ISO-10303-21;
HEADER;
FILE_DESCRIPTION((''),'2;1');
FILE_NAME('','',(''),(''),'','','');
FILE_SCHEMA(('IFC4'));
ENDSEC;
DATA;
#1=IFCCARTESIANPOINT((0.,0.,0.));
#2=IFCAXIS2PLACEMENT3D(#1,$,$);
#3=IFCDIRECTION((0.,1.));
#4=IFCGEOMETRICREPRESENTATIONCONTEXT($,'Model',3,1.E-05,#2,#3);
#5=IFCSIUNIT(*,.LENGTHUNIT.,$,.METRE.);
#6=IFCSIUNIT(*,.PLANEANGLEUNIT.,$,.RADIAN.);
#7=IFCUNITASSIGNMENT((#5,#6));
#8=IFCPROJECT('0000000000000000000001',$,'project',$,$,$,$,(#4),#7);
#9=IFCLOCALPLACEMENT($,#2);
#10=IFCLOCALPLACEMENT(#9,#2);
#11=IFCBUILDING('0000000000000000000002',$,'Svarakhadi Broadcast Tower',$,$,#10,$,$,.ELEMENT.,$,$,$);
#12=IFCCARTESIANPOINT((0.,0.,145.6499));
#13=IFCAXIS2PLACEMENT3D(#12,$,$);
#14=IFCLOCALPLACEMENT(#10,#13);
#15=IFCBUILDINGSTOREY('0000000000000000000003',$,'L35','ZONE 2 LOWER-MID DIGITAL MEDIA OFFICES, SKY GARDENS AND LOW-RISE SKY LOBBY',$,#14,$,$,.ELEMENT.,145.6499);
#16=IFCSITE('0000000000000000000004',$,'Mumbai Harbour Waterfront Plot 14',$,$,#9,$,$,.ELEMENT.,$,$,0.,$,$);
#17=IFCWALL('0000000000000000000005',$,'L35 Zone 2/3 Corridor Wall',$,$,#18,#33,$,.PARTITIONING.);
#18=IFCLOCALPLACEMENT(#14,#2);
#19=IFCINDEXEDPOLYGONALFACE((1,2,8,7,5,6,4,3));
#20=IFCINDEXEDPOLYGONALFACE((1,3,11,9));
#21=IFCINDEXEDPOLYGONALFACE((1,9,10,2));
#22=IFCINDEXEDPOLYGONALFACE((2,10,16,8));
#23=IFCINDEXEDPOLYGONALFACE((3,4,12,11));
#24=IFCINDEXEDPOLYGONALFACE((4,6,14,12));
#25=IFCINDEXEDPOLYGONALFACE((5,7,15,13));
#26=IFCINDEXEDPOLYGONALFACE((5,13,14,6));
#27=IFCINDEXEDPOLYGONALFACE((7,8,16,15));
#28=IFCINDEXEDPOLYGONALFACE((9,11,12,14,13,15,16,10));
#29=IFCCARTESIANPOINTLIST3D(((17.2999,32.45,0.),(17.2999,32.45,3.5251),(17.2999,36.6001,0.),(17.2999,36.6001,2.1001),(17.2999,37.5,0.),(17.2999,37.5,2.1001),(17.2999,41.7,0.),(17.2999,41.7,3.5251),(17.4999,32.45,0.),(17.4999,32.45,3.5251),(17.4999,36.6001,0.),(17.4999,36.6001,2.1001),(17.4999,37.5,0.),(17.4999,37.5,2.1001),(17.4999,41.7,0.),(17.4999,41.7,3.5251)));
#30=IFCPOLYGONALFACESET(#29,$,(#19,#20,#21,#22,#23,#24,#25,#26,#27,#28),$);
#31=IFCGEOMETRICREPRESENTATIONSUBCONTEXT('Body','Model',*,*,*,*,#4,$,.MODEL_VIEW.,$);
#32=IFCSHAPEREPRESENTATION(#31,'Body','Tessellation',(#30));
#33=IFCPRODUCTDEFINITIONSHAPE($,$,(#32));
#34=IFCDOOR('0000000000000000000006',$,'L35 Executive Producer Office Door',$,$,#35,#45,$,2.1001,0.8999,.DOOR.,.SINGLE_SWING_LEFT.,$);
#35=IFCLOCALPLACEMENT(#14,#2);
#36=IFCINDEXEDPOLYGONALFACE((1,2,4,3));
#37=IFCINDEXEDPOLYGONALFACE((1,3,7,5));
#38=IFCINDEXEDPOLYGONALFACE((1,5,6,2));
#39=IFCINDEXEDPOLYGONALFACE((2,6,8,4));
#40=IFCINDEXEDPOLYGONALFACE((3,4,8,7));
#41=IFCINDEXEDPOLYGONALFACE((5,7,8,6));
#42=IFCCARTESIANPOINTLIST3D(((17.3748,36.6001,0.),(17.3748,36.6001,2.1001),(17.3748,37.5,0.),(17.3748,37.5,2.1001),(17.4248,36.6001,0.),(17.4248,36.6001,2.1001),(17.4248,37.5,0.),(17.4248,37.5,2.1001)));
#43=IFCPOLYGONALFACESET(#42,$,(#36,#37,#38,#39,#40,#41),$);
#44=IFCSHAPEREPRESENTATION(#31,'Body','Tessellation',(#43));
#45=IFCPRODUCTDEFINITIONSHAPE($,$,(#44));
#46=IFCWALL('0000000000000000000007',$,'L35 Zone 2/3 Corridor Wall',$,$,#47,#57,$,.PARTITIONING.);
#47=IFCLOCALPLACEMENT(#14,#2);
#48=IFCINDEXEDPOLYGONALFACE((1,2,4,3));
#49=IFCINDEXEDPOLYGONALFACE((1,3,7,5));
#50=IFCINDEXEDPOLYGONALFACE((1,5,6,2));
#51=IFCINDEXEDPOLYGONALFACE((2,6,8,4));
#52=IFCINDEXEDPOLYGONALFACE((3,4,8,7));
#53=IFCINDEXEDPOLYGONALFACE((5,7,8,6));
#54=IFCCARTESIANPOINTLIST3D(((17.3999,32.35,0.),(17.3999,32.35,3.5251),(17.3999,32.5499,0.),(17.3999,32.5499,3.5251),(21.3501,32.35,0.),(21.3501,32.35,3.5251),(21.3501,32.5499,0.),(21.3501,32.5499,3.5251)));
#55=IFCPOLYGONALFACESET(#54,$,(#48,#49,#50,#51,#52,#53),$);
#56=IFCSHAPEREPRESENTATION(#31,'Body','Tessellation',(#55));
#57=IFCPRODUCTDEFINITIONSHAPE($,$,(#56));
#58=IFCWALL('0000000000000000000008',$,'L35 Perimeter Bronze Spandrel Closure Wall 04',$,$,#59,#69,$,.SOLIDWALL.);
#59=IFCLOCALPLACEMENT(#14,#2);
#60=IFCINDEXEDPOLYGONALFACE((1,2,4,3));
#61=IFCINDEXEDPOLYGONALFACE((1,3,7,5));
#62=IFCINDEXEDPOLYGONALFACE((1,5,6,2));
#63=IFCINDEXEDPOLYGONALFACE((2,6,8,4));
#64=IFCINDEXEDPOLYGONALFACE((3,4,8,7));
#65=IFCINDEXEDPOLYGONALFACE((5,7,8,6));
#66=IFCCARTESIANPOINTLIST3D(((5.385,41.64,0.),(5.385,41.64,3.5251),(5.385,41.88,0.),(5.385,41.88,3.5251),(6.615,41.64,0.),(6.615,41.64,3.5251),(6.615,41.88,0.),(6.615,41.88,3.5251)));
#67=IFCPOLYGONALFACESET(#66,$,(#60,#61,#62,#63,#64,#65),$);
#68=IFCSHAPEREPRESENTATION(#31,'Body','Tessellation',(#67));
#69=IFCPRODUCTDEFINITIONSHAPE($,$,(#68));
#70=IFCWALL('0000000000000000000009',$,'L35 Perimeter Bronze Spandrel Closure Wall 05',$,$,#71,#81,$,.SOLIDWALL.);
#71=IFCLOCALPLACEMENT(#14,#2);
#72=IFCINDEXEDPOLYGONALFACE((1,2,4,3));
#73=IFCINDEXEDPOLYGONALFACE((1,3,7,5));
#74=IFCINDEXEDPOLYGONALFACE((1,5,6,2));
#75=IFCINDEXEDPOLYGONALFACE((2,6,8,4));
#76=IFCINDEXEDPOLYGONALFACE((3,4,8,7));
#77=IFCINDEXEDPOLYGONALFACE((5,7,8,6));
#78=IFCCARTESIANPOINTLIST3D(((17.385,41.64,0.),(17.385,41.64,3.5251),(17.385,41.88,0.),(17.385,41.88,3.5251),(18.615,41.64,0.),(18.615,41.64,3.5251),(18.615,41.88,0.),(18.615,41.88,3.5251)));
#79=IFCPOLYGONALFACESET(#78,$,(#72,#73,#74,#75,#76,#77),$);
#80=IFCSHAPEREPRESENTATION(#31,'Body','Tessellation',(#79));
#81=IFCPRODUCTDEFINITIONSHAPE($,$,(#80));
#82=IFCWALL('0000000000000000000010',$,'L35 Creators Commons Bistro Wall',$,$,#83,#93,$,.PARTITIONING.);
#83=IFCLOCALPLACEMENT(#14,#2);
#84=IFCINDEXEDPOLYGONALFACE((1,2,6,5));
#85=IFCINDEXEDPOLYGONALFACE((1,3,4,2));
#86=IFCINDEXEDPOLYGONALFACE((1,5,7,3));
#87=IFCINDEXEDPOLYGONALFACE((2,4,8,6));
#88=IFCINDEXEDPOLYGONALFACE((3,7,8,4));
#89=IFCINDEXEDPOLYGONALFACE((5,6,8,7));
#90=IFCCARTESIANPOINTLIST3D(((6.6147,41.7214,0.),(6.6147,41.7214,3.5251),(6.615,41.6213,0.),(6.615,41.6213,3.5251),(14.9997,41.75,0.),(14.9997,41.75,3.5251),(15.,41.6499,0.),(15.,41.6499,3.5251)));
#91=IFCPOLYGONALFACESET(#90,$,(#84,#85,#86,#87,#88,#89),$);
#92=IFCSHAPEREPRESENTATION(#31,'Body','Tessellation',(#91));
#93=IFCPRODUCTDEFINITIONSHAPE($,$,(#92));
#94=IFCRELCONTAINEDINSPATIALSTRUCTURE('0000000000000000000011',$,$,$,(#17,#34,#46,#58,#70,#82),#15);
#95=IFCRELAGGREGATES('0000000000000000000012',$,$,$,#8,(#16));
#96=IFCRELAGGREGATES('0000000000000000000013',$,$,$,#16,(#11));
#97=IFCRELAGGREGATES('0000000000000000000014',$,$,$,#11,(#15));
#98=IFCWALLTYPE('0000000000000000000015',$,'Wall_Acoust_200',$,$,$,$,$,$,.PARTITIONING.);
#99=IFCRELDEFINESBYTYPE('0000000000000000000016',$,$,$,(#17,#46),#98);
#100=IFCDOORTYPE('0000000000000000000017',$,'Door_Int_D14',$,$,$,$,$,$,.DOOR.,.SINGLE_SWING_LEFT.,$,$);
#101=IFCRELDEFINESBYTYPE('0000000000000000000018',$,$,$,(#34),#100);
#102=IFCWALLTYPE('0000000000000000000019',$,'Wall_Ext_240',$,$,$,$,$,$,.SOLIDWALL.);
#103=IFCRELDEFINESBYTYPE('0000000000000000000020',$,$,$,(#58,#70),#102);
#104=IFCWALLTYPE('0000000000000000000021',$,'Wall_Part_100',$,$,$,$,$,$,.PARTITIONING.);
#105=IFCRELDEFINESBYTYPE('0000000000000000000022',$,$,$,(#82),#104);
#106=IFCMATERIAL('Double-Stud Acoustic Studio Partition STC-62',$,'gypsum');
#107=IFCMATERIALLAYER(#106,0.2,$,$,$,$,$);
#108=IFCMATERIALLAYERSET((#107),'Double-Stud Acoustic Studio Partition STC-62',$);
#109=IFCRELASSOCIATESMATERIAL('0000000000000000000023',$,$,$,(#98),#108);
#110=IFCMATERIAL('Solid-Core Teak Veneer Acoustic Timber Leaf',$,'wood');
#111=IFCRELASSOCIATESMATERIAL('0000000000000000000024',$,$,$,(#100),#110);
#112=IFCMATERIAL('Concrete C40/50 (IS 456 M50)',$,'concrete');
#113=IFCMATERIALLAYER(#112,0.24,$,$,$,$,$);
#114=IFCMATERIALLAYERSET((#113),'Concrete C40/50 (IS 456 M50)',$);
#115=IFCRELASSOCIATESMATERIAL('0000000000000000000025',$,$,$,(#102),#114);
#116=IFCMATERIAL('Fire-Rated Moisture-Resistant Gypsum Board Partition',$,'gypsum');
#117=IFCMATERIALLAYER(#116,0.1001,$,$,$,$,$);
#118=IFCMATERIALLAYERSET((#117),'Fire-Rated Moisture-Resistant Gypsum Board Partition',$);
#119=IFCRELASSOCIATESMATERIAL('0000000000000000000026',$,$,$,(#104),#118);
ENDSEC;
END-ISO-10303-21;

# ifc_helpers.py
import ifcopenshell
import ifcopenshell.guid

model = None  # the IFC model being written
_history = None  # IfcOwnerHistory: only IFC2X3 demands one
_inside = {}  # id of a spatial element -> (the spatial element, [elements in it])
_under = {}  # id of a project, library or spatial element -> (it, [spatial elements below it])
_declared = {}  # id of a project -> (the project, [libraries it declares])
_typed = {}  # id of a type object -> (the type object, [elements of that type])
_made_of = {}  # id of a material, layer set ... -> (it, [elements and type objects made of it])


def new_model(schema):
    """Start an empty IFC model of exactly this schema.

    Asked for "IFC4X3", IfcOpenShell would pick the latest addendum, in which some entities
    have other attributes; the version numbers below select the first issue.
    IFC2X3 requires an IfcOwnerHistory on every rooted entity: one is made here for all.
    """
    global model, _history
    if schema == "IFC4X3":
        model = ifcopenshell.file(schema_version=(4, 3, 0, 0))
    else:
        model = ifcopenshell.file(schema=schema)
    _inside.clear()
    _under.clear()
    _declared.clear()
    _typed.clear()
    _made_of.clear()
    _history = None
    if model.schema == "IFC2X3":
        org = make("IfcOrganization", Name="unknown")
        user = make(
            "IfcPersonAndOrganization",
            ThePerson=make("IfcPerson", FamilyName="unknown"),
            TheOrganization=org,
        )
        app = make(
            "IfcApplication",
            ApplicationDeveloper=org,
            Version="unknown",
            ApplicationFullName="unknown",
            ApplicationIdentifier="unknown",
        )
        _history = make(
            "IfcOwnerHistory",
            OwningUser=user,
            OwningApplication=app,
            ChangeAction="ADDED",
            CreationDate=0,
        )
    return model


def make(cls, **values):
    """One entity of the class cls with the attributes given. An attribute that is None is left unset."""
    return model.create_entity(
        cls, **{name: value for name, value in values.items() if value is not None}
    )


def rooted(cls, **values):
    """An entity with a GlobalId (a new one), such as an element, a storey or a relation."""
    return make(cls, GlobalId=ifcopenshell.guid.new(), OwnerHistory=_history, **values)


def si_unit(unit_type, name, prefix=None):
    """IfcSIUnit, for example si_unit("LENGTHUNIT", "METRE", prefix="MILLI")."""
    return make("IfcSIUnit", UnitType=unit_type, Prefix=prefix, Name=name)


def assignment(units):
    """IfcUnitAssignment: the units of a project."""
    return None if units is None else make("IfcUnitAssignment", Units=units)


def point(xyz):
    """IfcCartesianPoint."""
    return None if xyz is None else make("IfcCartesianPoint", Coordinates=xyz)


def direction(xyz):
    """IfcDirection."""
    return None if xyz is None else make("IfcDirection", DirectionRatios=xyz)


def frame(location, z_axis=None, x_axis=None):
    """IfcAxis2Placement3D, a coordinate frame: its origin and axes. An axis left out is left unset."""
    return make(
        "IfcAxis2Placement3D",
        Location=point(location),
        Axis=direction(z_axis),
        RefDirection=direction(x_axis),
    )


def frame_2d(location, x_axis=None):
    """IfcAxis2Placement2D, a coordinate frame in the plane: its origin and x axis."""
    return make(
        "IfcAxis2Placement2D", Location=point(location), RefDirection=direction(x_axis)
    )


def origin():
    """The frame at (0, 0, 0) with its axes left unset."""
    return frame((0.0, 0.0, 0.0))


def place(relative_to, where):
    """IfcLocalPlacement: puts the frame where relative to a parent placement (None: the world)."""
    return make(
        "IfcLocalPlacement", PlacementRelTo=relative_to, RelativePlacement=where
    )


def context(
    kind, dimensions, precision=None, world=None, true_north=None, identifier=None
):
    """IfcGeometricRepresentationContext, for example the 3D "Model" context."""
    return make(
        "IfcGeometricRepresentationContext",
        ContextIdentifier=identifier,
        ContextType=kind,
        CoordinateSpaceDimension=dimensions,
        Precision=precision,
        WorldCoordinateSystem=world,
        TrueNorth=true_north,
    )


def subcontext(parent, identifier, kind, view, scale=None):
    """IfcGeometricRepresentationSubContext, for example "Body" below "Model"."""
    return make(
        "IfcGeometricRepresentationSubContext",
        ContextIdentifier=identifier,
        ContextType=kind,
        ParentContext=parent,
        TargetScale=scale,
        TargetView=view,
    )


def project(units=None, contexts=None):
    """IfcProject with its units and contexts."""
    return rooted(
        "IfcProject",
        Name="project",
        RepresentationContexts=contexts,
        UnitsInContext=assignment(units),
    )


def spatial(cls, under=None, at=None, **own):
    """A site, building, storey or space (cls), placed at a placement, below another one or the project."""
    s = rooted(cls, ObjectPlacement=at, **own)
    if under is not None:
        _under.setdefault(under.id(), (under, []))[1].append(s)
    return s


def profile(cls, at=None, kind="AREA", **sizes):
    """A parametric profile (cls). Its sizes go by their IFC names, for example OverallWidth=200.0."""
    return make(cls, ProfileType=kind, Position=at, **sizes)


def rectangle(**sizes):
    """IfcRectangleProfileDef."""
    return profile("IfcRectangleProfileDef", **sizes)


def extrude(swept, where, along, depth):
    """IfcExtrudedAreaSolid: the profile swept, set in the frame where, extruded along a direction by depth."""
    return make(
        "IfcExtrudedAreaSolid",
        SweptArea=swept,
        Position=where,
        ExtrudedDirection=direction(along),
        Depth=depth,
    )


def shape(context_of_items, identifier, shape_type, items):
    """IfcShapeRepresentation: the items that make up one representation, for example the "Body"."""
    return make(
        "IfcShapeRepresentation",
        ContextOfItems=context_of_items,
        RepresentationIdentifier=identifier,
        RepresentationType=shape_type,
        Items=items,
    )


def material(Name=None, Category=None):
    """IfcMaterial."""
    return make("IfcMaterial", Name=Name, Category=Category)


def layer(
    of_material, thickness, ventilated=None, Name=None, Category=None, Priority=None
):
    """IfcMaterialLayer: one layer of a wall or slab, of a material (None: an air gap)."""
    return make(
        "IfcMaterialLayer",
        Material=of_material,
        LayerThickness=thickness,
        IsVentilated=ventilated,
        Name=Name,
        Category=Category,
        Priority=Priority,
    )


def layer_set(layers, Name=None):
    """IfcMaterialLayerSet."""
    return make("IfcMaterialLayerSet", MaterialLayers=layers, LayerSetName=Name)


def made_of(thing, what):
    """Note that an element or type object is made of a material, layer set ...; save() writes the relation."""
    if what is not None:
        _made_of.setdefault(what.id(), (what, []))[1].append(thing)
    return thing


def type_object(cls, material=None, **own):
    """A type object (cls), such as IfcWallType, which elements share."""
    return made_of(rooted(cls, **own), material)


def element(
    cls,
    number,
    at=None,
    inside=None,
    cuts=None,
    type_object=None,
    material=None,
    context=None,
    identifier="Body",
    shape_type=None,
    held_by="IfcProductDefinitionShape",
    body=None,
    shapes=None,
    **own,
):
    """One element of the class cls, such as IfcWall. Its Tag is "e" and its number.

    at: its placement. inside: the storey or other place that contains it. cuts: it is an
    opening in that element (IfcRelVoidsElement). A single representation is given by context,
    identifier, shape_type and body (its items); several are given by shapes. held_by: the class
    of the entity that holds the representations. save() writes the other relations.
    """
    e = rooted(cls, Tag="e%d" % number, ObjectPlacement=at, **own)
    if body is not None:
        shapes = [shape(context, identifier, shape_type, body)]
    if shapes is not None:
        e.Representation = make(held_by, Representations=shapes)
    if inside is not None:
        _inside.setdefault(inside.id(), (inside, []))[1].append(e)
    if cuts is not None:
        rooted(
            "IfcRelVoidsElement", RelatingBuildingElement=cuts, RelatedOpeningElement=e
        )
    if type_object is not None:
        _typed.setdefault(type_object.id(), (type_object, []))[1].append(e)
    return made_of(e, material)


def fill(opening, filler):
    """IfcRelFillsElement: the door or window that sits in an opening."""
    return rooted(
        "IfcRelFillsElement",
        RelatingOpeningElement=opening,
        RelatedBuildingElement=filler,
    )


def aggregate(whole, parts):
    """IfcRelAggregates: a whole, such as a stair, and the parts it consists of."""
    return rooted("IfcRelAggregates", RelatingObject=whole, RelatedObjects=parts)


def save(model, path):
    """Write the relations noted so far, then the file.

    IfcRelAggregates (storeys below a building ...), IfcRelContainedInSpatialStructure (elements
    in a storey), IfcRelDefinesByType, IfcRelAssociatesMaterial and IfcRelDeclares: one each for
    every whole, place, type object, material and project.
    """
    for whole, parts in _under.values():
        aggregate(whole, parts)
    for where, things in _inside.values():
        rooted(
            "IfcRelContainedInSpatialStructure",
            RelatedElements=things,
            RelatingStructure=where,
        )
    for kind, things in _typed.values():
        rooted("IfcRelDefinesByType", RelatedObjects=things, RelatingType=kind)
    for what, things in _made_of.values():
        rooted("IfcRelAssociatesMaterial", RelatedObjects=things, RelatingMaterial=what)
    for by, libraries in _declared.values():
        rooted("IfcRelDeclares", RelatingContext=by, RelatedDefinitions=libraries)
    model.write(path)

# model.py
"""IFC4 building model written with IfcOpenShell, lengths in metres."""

from ifc_helpers import new_model, si_unit, direction, frame, frame_2d, origin, place, context, subcontext, project, spatial, rectangle, extrude, material, layer, layer_set, type_object, element, fill, save


model = new_model("IFC4")

# Units and contexts
model_context = context("Model", 3, precision=1e-05, world=origin(), true_north=direction((0.0, 1.0)))
body_context = subcontext(model_context, "Body", "Model", "MODEL_VIEW")
ifc_project = project(units=[si_unit("LENGTHUNIT", "METRE"), si_unit("PLANEANGLEUNIT", "RADIAN")], contexts=[model_context])

# Site, building, storey
site_placement = place(None, origin())
site = spatial("IfcSite", under=ifc_project, at=site_placement, Name="Mumbai Harbour Waterfront Plot 14", CompositionType="ELEMENT", RefElevation=0.0)
building_placement = place(site_placement, origin())
building = spatial("IfcBuilding", under=site, at=building_placement, Name="Svarakhadi Broadcast Tower", CompositionType="ELEMENT")
storey_placement = place(building_placement, frame((0.0, 0.0, 145.6499)))
storey = spatial("IfcBuildingStorey", under=building, at=storey_placement, Name="L35", Description="ZONE 2 LOWER-MID DIGITAL MEDIA OFFICES, SKY GARDENS AND LOW-RISE SKY LOBBY", CompositionType="ELEMENT", Elevation=145.6499)

# Wall, opening, door
ifc_material_1 = material(Name="Double-Stud Acoustic Studio Partition STC-62", Category="gypsum")
ifc_layer_1 = layer(ifc_material_1, 0.2)
ifc_layer_set_1 = layer_set([ifc_layer_1], Name="Double-Stud Acoustic Studio Partition STC-62")
wall_type_1 = type_object("IfcWallType", Name="Wall_Acoust_200", PredefinedType="PARTITIONING", material=ifc_layer_set_1)
wall_1_placement = place(storey_placement, frame((17.3999, 41.7, 0.0), z_axis=(0.0, 0.0, 1.0), x_axis=(0.0, -1.0, 0.0)))
wall_1 = element("IfcWall", 1, at=wall_1_placement, inside=storey, type_object=wall_type_1, Name="L35 Zone 2/3 Corridor Wall", PredefinedType="PARTITIONING", context=body_context, shape_type="SweptSolid", body=[
    extrude(rectangle(XDim=9.25, YDim=0.2, at=frame_2d((4.625, 0.0))), origin(), (0.0, 0.0, 1.0), 3.5251),
])
opening_placement = place(wall_1_placement, frame((4.2, 0.0, 0.0)))
opening = element("IfcOpeningElement", 2, at=opening_placement, cuts=wall_1, PredefinedType="OPENING", context=body_context, shape_type="SweptSolid", body=[
    extrude(rectangle(XDim=0.8999, YDim=2.1001, at=frame_2d((0.45, 1.05))), frame((0.0, 0.1099, 0.0), z_axis=(0.0, -1.0, 0.0), x_axis=(1.0, 0.0, 0.0)), (0.0, 0.0, 1.0), 0.22),
])
ifc_material_2 = material(Name="Solid-Core Teak Veneer Acoustic Timber Leaf", Category="wood")
door_type = type_object("IfcDoorType", Name="Door_Int_D14", OperationType="SINGLE_SWING_LEFT", PredefinedType="DOOR", material=ifc_material_2)
door_placement = place(opening_placement, origin())
door = element("IfcDoor", 3, at=door_placement, inside=storey, type_object=door_type, Name="L35 Executive Producer Office Door", OperationType="SINGLE_SWING_LEFT", OverallHeight=2.1001, OverallWidth=0.8999, PredefinedType="DOOR", context=body_context, shape_type="SweptSolid", body=[
    extrude(rectangle(XDim=0.8999, YDim=2.1001, at=frame_2d((0.45, 1.05))), frame((0.0, 0.0249, 0.0), z_axis=(0.0, -1.0, 0.0), x_axis=(1.0, 0.0, 0.0)), (0.0, 0.0, 1.0), 0.05),
])
fill(opening, door)

# Walls
wall_2_placement = place(storey_placement, frame((17.3999, 32.45, 0.0), z_axis=(0.0, 0.0, 1.0), x_axis=(1.0, 0.0, 0.0)))
element("IfcWall", 4, at=wall_2_placement, inside=storey, type_object=wall_type_1, Name="L35 Zone 2/3 Corridor Wall", PredefinedType="PARTITIONING", context=body_context, shape_type="SweptSolid", body=[
    extrude(rectangle(XDim=3.9502, YDim=0.2, at=frame_2d((1.9751, 0.0))), origin(), (0.0, 0.0, 1.0), 3.5251),
])
ifc_material_3 = material(Name="Concrete C40/50 (IS 456 M50)", Category="concrete")
ifc_layer_2 = layer(ifc_material_3, 0.24)
ifc_layer_set_2 = layer_set([ifc_layer_2], Name="Concrete C40/50 (IS 456 M50)")
wall_type_2 = type_object("IfcWallType", Name="Wall_Ext_240", PredefinedType="SOLIDWALL", material=ifc_layer_set_2)
for number, where, z_axis, x_axis, name in (
    (5, (5.385, 41.76, 0.0), (0.0, 0.0, 1.0), (1.0, 0.0, 0.0), "L35 Perimeter Bronze Spandrel Closure Wall 04"),
    (6, (17.385, 41.76, 0.0), (0.0, 0.0, 1.0), (1.0, 0.0, 0.0), "L35 Perimeter Bronze Spandrel Closure Wall 05"),
):
    element("IfcWall", number, at=place(storey_placement, frame(where, z_axis=z_axis, x_axis=x_axis)), inside=storey, type_object=wall_type_2, Name=name, PredefinedType="SOLIDWALL", context=body_context, shape_type="SweptSolid", body=[
        extrude(rectangle(XDim=1.23, YDim=0.24, at=frame_2d((0.615, 0.0))), origin(), (0.0, 0.0, 1.0), 3.5251),
    ])
ifc_material_4 = material(Name="Fire-Rated Moisture-Resistant Gypsum Board Partition", Category="gypsum")
ifc_layer_3 = layer(ifc_material_4, 0.1001)
ifc_layer_set_3 = layer_set([ifc_layer_3], Name="Fire-Rated Moisture-Resistant Gypsum Board Partition")
wall_type_3 = type_object("IfcWallType", Name="Wall_Part_100", PredefinedType="PARTITIONING", material=ifc_layer_set_3)
wall_3_placement = place(storey_placement, frame((6.615, 41.6714, 0.0), z_axis=(0.0, 0.0, 1.0), x_axis=(0.999994, 0.003407, 0.0)))
element("IfcWall", 7, at=wall_3_placement, inside=storey, type_object=wall_type_3, Name="L35 Creators Commons Bistro Wall", PredefinedType="PARTITIONING", context=body_context, shape_type="SweptSolid", body=[
    extrude(rectangle(XDim=8.385, YDim=0.1001, at=frame_2d((4.1924, 0.0))), origin(), (0.0, 0.0, 1.0), 3.5251),
])

save(model, "model.ifc")
